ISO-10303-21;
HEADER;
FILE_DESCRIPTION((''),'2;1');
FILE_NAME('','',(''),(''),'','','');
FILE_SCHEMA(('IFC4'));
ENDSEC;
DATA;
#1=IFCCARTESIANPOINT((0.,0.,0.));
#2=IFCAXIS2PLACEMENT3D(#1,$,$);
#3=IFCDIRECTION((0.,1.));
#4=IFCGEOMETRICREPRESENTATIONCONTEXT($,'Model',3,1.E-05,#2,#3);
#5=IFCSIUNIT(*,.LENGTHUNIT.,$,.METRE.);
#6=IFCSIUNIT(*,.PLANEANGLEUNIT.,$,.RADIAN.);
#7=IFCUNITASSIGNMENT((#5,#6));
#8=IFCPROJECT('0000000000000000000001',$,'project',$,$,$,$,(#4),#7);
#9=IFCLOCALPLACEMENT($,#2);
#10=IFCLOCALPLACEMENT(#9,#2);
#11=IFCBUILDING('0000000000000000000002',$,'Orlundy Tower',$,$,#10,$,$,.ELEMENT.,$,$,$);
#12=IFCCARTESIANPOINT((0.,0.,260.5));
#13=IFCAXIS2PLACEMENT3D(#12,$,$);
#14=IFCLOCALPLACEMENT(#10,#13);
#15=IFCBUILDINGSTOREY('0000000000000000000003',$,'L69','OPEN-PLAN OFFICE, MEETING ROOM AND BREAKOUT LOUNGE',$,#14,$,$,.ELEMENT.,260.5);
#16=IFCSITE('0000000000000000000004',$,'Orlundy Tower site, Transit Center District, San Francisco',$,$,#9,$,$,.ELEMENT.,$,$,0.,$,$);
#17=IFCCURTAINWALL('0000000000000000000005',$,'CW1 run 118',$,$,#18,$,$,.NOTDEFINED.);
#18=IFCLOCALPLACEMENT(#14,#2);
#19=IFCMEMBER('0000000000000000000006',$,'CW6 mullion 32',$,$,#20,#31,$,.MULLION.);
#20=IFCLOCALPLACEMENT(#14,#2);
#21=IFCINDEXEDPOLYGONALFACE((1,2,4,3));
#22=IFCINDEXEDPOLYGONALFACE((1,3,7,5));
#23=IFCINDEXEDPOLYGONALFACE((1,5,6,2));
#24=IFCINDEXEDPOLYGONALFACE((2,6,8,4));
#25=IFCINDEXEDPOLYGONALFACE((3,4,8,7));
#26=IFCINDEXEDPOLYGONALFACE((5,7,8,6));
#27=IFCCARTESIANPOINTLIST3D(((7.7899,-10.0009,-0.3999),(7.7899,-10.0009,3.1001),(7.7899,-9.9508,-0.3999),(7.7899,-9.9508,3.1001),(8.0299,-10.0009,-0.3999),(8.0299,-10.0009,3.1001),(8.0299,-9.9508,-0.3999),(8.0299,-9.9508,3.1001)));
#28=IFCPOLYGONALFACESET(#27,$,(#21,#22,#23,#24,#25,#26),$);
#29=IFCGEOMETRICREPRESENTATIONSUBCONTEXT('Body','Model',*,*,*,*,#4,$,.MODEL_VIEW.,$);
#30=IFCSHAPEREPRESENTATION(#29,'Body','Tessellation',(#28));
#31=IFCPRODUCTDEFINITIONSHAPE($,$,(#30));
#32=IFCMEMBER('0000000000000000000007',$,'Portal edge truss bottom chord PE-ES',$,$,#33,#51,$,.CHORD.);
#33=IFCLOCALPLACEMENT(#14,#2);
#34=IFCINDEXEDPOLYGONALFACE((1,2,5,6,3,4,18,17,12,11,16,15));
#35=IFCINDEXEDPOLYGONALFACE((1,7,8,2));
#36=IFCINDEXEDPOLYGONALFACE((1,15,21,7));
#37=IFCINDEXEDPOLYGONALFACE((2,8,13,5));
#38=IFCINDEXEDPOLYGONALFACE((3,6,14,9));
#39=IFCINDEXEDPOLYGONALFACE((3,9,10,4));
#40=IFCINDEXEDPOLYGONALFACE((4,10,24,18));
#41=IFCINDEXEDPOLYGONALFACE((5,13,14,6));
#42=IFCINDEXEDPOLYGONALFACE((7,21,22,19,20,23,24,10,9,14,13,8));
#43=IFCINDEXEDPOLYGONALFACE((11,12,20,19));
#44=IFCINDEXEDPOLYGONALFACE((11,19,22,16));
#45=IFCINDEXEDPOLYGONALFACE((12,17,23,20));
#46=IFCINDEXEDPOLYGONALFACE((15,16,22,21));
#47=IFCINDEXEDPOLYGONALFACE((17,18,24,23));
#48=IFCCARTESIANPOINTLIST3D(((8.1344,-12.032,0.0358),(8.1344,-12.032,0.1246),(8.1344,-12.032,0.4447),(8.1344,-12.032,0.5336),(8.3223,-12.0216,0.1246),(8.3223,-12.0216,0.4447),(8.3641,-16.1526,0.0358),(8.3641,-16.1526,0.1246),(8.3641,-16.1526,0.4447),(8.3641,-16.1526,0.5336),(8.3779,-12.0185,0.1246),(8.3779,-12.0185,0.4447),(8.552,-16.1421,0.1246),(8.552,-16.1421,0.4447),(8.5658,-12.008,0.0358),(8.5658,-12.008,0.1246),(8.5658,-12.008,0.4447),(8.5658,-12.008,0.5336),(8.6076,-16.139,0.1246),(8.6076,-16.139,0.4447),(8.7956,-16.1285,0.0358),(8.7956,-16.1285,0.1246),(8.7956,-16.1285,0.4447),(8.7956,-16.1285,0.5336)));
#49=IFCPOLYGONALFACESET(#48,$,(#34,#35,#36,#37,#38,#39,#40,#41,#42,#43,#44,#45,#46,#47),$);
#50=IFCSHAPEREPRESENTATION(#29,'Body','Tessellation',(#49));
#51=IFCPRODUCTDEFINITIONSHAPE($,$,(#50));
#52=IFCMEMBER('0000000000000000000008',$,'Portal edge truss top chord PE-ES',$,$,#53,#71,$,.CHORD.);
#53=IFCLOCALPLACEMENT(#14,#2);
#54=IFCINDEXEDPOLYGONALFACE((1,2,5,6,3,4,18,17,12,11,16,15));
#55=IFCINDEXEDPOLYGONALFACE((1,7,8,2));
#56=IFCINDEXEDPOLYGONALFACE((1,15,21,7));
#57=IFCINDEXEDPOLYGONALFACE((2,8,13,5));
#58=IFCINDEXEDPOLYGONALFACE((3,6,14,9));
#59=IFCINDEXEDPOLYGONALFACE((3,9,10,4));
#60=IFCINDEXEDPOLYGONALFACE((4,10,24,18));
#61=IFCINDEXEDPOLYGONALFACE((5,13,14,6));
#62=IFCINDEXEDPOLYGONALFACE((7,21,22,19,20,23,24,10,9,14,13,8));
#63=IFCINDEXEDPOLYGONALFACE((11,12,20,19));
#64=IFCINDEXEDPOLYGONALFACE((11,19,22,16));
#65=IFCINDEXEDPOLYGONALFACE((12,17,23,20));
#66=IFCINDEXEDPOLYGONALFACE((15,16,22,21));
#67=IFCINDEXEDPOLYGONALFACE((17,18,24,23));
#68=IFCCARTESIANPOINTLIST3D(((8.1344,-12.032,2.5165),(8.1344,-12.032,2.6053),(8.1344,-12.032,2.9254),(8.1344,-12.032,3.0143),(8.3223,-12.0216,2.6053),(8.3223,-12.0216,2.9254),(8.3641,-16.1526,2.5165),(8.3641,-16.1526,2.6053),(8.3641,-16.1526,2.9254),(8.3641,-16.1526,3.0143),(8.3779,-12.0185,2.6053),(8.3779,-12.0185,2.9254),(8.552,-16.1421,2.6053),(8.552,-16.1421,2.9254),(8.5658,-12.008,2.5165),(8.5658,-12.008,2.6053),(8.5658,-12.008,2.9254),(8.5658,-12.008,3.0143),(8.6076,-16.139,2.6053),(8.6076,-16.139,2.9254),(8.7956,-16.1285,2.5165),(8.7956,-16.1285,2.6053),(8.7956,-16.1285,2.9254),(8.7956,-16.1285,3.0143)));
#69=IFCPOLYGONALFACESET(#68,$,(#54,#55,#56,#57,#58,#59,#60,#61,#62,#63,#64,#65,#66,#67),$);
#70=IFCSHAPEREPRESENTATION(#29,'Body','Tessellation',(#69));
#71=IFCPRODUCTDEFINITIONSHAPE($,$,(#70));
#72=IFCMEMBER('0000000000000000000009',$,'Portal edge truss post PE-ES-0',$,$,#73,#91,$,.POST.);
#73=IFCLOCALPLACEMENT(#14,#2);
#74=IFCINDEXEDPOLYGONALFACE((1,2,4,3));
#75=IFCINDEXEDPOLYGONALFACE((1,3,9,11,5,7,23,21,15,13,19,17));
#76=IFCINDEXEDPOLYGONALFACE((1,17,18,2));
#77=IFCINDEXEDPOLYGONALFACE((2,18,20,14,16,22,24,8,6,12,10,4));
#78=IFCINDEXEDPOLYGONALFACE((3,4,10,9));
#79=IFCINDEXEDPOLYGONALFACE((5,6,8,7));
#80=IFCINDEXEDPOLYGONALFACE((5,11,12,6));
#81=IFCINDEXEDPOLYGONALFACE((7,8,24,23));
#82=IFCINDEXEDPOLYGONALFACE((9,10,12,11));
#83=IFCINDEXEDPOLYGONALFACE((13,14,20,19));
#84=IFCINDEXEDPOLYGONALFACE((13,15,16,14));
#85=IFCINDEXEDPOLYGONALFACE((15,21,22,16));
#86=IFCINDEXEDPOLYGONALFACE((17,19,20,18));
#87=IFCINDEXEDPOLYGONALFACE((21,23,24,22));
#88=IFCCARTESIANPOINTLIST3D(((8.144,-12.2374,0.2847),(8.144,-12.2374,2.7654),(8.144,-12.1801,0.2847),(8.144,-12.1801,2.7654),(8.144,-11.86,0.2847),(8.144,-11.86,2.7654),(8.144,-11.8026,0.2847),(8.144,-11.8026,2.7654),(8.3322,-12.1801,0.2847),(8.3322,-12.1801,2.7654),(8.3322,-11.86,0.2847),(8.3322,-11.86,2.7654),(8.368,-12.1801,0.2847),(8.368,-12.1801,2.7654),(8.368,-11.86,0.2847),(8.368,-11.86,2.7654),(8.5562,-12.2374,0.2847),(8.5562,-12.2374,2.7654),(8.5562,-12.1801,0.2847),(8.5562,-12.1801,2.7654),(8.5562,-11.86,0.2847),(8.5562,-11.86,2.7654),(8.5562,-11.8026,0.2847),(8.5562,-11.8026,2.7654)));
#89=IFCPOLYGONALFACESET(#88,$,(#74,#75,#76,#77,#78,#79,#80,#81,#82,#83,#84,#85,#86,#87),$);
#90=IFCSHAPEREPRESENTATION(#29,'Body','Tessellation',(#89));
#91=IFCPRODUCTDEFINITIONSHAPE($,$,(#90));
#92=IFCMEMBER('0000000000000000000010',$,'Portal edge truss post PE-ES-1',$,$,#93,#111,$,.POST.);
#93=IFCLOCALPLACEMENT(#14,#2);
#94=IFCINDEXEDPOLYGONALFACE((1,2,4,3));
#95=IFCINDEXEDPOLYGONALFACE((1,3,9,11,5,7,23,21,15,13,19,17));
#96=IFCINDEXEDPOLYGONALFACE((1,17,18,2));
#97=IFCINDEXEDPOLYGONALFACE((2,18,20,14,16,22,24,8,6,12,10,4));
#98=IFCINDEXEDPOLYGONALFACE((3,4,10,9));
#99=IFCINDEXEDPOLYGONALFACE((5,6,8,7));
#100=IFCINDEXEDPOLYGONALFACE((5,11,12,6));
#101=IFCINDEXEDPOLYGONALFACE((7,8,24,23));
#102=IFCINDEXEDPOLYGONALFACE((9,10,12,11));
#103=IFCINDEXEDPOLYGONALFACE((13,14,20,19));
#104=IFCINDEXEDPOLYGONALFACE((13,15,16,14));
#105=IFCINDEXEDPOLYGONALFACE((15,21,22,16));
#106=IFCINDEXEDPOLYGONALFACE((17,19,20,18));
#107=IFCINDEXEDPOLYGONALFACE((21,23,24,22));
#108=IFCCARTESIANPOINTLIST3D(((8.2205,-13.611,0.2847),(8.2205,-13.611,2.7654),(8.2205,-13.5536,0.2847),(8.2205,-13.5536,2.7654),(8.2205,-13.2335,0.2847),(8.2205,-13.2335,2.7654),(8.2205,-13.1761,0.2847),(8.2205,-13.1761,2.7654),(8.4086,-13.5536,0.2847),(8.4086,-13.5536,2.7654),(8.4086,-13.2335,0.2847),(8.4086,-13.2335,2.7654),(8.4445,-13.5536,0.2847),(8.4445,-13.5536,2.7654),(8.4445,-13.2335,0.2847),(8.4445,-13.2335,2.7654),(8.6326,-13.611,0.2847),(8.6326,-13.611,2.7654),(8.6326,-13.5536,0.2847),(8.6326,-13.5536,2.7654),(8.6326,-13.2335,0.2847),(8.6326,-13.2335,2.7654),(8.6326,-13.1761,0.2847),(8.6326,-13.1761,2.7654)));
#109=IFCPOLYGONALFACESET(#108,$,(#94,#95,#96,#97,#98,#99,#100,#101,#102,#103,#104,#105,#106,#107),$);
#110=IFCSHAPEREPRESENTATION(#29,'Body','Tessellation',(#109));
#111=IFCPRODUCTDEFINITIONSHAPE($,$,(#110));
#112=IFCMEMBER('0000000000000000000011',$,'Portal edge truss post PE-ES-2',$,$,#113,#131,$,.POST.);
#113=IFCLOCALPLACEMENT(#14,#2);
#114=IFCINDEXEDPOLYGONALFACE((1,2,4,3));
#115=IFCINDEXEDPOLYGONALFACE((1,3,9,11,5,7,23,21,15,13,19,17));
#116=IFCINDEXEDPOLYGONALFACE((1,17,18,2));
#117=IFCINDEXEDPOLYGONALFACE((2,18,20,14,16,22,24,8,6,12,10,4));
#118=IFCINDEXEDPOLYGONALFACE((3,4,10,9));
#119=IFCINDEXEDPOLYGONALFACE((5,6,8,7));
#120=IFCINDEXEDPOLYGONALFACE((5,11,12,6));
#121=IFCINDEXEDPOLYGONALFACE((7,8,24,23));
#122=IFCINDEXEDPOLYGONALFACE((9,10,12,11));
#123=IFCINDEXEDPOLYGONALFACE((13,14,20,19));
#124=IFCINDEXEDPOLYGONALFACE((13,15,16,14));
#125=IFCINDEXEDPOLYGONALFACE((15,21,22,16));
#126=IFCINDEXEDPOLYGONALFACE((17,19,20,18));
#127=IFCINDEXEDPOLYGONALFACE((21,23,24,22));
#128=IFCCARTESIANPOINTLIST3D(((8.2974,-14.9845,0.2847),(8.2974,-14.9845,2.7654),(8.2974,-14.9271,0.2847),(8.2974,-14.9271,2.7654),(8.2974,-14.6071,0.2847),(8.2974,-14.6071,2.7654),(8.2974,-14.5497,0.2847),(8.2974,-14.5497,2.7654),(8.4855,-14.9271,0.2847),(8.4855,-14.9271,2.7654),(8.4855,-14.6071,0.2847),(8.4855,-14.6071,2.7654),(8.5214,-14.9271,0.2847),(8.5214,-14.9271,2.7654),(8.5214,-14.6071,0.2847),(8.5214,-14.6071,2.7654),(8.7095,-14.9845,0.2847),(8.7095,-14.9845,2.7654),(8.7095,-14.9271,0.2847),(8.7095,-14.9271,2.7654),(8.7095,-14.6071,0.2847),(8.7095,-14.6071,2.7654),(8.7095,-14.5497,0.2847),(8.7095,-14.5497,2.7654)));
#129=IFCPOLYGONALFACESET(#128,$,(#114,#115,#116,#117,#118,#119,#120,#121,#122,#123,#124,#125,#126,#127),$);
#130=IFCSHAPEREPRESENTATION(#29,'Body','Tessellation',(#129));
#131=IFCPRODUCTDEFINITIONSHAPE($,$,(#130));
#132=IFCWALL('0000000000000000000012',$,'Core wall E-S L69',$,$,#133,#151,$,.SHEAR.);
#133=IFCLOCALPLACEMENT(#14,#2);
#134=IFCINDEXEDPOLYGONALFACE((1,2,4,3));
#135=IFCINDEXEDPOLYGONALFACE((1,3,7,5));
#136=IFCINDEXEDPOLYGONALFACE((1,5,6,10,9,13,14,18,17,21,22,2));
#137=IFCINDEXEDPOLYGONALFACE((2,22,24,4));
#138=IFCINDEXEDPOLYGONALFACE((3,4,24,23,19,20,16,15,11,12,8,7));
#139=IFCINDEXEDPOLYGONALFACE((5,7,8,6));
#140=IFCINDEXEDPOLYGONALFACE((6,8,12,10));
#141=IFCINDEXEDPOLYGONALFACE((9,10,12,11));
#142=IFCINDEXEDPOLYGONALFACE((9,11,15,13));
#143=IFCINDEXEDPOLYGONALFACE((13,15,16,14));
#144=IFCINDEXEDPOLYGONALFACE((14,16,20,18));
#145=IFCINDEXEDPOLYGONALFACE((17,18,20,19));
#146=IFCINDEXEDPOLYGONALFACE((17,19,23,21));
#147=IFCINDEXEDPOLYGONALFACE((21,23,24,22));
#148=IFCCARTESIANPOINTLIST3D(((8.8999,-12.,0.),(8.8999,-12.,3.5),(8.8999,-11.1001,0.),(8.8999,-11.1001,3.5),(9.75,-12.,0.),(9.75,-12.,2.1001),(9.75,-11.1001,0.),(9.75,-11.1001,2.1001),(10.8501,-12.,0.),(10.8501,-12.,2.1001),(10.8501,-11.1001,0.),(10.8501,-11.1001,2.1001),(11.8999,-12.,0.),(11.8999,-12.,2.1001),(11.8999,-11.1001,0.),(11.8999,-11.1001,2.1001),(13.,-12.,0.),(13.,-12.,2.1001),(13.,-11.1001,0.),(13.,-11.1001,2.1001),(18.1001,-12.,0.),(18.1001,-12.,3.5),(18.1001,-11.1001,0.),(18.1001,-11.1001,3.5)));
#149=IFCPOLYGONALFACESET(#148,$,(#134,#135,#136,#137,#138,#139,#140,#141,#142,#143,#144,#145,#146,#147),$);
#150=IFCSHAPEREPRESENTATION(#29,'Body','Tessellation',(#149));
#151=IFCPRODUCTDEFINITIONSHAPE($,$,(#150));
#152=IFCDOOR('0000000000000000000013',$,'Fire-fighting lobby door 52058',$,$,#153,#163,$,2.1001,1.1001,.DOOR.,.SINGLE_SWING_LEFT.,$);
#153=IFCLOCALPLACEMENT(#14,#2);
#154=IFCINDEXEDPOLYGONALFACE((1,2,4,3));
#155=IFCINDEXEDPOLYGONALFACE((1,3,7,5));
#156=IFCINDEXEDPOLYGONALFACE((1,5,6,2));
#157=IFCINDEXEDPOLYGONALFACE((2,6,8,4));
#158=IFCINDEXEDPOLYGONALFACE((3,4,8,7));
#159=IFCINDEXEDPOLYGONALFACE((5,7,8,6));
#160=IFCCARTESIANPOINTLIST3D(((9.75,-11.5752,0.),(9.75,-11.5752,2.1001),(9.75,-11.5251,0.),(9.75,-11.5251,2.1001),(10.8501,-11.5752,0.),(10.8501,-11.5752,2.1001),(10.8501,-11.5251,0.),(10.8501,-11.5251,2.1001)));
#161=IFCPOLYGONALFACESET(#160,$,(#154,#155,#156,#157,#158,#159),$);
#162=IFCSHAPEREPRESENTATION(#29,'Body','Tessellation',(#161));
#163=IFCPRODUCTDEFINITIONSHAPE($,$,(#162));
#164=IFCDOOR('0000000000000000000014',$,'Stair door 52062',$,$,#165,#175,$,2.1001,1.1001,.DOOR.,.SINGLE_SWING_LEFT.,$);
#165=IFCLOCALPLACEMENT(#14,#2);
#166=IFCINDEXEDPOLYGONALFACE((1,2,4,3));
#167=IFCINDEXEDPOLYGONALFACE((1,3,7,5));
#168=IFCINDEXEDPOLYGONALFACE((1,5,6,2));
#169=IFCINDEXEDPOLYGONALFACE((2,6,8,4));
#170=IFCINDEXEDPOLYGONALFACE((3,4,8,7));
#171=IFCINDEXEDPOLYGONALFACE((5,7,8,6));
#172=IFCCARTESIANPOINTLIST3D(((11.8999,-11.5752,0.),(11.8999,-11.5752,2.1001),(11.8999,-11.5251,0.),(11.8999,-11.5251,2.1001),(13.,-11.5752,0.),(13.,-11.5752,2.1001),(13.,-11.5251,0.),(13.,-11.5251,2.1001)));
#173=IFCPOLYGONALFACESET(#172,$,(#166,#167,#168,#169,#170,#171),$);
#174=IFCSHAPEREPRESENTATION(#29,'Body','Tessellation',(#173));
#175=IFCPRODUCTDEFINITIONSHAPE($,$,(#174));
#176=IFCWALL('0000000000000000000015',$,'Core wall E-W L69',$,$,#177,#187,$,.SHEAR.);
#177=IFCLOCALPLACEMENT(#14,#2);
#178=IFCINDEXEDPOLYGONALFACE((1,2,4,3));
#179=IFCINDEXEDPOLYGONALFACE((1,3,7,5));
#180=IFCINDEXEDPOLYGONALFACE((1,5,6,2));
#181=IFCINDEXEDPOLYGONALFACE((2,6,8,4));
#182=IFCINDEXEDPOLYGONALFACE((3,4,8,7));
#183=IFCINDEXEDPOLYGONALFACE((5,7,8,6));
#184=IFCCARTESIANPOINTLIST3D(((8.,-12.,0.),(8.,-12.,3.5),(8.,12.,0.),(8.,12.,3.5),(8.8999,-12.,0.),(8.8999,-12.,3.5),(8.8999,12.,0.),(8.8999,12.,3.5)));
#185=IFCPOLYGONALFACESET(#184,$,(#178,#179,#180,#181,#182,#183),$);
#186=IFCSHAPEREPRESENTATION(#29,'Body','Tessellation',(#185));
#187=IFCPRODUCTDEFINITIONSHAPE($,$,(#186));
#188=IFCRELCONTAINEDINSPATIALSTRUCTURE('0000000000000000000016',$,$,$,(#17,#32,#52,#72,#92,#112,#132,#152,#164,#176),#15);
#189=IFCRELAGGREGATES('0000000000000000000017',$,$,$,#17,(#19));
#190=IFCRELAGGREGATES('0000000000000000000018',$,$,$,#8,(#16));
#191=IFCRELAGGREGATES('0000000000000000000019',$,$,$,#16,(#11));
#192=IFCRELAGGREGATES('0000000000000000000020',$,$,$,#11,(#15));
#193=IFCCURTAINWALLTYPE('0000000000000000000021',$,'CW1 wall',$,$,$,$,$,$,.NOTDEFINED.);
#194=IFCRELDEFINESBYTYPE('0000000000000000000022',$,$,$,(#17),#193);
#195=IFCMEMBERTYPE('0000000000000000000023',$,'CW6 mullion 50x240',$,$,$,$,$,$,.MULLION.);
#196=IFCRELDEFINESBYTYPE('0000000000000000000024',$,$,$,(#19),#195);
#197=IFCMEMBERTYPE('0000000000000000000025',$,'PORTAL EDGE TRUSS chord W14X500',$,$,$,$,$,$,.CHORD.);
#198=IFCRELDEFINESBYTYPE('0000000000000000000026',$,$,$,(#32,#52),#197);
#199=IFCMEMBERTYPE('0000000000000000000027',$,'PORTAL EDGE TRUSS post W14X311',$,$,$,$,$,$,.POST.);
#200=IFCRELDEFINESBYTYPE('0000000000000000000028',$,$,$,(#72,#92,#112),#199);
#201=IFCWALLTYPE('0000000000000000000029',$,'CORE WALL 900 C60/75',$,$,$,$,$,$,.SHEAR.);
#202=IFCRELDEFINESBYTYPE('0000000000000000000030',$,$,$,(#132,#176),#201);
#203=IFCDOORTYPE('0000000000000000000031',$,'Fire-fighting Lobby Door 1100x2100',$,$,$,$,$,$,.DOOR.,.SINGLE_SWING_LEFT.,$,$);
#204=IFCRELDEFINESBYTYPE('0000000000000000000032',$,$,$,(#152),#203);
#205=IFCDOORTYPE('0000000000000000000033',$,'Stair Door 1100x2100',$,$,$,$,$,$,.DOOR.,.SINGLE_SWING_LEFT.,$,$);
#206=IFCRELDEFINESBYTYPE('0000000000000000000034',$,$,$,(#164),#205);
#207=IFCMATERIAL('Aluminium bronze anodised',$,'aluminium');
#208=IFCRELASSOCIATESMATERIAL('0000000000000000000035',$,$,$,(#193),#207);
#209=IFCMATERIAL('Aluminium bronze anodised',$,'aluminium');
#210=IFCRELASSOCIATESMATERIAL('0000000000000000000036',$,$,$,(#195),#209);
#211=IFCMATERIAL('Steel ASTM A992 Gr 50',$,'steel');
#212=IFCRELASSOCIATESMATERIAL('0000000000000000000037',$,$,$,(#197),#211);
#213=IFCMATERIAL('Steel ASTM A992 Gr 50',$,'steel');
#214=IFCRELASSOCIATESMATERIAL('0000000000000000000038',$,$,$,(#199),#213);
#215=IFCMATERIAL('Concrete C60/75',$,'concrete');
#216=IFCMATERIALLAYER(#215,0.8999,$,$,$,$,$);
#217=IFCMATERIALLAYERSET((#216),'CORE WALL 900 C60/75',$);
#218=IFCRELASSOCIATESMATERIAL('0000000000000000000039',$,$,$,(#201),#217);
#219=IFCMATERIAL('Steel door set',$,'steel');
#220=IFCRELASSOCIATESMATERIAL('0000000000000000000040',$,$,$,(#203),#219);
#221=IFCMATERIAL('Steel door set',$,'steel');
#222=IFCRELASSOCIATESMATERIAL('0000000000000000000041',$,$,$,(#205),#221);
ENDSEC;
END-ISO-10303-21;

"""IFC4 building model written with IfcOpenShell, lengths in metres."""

from ifc_helpers import new_model, si_unit, direction, frame, frame_2d, origin, origin_2d, place, context, subcontext, project, spatial, rectangle, i_section, extrude, material, layer, layer_set, material_profile, profile_set, type_object, element, fill, aggregate, save


model = new_model("IFC4")

# Units and contexts
model_context = context("Model", 3, precision=1e-05, world=origin(), true_north=direction((0.0, 1.0)))
body_context = subcontext(model_context, "Body", "Model", "MODEL_VIEW")
ifc_project = project(units=[si_unit("LENGTHUNIT", "METRE"), si_unit("PLANEANGLEUNIT", "RADIAN")], contexts=[model_context])

# Site, building, storey
site_placement = place(None, origin())
site = spatial("IfcSite", under=ifc_project, at=site_placement, Name="Orlundy Tower site, Transit Center District, San Francisco", CompositionType="ELEMENT", RefElevation=0.0)
building_placement = place(site_placement, origin())
building = spatial("IfcBuilding", under=site, at=building_placement, Name="Orlundy Tower", CompositionType="ELEMENT")
storey_placement = place(building_placement, frame((0.0, 0.0, 260.5)))
storey = spatial("IfcBuildingStorey", under=building, at=storey_placement, Name="L69", Description="OPEN-PLAN OFFICE, MEETING ROOM AND BREAKOUT LOUNGE", CompositionType="ELEMENT", Elevation=260.5)

# Curtain wall, member
ifc_material_1 = material(Name="Aluminium bronze anodised", Category="aluminium")
curtain_wall_type = type_object("IfcCurtainWallType", Name="CW1 wall", PredefinedType="NOTDEFINED", material=ifc_material_1)
curtain_wall_placement = place(storey_placement, origin())
curtain_wall = element("IfcCurtainWall", 1, at=curtain_wall_placement, inside=storey, type_object=curtain_wall_type, Name="CW1 run 118", PredefinedType="NOTDEFINED")
ifc_material_2 = material(Name="Aluminium bronze anodised", Category="aluminium")
ifc_material_profile_1 = material_profile(ifc_material_2, rectangle(XDim=0.24, YDim=0.05, at=origin_2d()), Name="CW6 mullion 50x240")
ifc_profile_set_1 = profile_set([ifc_material_profile_1], Name="Aluminium bronze anodised")
member_type_1 = type_object("IfcMemberType", Name="CW6 mullion 50x240", PredefinedType="MULLION", material=ifc_profile_set_1)
member_placement = place(storey_placement, frame((7.9099, -9.9758, -0.3999), z_axis=(0.0, 0.0, 1.0), x_axis=(-1.0, 0.0, 0.0)))
member = element("IfcMember", 2, at=member_placement, type_object=member_type_1, Name="CW6 mullion 32", PredefinedType="MULLION", context=body_context, shape_type="SweptSolid", body=[
    extrude(rectangle(XDim=0.24, YDim=0.05, at=origin_2d()), origin(), (0.0, 0.0, 1.0), 3.5),
])
aggregate(curtain_wall, [member])

# Members
ifc_material_3 = material(Name="Steel ASTM A992 Gr 50", Category="steel")
ifc_material_profile_2 = material_profile(ifc_material_3, i_section(OverallWidth=0.4321, OverallDepth=0.4978, WebThickness=0.0557, FlangeThickness=0.0889, at=origin_2d()), Name="W14X500")
ifc_profile_set_2 = profile_set([ifc_material_profile_2], Name="Steel ASTM A992 Gr 50")
member_type_2 = type_object("IfcMemberType", Name="PORTAL EDGE TRUSS chord W14X500", PredefinedType="CHORD", material=ifc_profile_set_2)
for number, where, z_axis, x_axis, name in (
    (3, (8.3501, -12.02, 0.2847), (0.055667, -0.998449, 0.0), (0.998449, 0.055667, 0.0), "Portal edge truss bottom chord PE-ES"),
    (4, (8.3501, -12.02, 2.7654), (0.055667, -0.998449, 0.0), (0.998449, 0.055667, 0.0), "Portal edge truss top chord PE-ES"),
):
    element("IfcMember", number, at=place(storey_placement, frame(where, z_axis=z_axis, x_axis=x_axis)), inside=storey, type_object=member_type_2, Name=name, PredefinedType="CHORD", context=body_context, shape_type="SweptSolid", body=[
        extrude(i_section(OverallWidth=0.4321, OverallDepth=0.4978, WebThickness=0.0557, FlangeThickness=0.0889, at=origin_2d()), origin(), (0.0, 0.0, 1.0), 4.127),
    ])
ifc_material_4 = material(Name="Steel ASTM A992 Gr 50", Category="steel")
ifc_material_profile_3 = material_profile(ifc_material_4, i_section(OverallWidth=0.4121, OverallDepth=0.4348, WebThickness=0.0359, FlangeThickness=0.0574, at=origin_2d()), Name="W14X311")
ifc_profile_set_3 = profile_set([ifc_material_profile_3], Name="Steel ASTM A992 Gr 50")
member_type_3 = type_object("IfcMemberType", Name="PORTAL EDGE TRUSS post W14X311", PredefinedType="POST", material=ifc_profile_set_3)
for number, where, z_axis, x_axis, name in (
    (5, (8.3501, -12.02, 0.2847), (0.0, 0.0, 1.0), (1.0, 0.0, 0.0), "Portal edge truss post PE-ES-0"),
    (6, (8.4265, -13.3936, 0.2847), (0.0, 0.0, 1.0), (1.0, 0.0, 0.0), "Portal edge truss post PE-ES-1"),
    (7, (8.5034, -14.7671, 0.2847), (0.0, 0.0, 1.0), (1.0, 0.0, 0.0), "Portal edge truss post PE-ES-2"),
):
    element("IfcMember", number, at=place(storey_placement, frame(where, z_axis=z_axis, x_axis=x_axis)), inside=storey, type_object=member_type_3, Name=name, PredefinedType="POST", context=body_context, shape_type="SweptSolid", body=[
        extrude(i_section(OverallWidth=0.4121, OverallDepth=0.4348, WebThickness=0.0359, FlangeThickness=0.0574, at=origin_2d()), origin(), (0.0, 0.0, 1.0), 2.4807),
    ])

# Wall, openings, doors
ifc_material_5 = material(Name="Concrete C60/75", Category="concrete")
ifc_layer_1 = layer(ifc_material_5, 0.8999)
ifc_layer_set_1 = layer_set([ifc_layer_1], Name="CORE WALL 900 C60/75")
wall_type_1 = type_object("IfcWallType", Name="CORE WALL 900 C60/75", PredefinedType="SHEAR", material=ifc_layer_set_1)
wall_1_placement = place(storey_placement, frame((8.8999, -11.55, 0.0), z_axis=(0.0, 0.0, 1.0), x_axis=(1.0, 0.0, 0.0)))
wall_1 = element("IfcWall", 8, at=wall_1_placement, inside=storey, type_object=wall_type_1, Name="Core wall E-S L69", PredefinedType="SHEAR", context=body_context, shape_type="SweptSolid", body=[
    extrude(rectangle(XDim=9.2002, YDim=0.8999, at=frame_2d((4.6001, 0.0))), origin(), (0.0, 0.0, 1.0), 3.5),
])
opening_1_placement = place(wall_1_placement, frame((0.8501, 0.0, 0.0)))
opening_1 = element("IfcOpeningElement", 9, at=opening_1_placement, cuts=wall_1, PredefinedType="OPENING", context=body_context, shape_type="SweptSolid", body=[
    extrude(rectangle(XDim=1.1001, YDim=2.1001, at=frame_2d((0.55, 1.05))), frame((0.0, 0.46, 0.0), z_axis=(0.0, -1.0, 0.0), x_axis=(1.0, 0.0, 0.0)), (0.0, 0.0, 1.0), 0.9199),
])
opening_2_placement = place(wall_1_placement, frame((3.0, 0.0, 0.0)))
opening_2 = element("IfcOpeningElement", 10, at=opening_2_placement, cuts=wall_1, PredefinedType="OPENING", context=body_context, shape_type="SweptSolid", body=[
    extrude(rectangle(XDim=1.1001, YDim=2.1001, at=frame_2d((0.55, 1.05))), frame((0.0, 0.46, 0.0), z_axis=(0.0, -1.0, 0.0), x_axis=(1.0, 0.0, 0.0)), (0.0, 0.0, 1.0), 0.9199),
])
ifc_material_6 = material(Name="Steel door set", Category="steel")
door_type_1 = type_object("IfcDoorType", Name="Fire-fighting Lobby Door 1100x2100", OperationType="SINGLE_SWING_LEFT", PredefinedType="DOOR", material=ifc_material_6)
door_1_placement = place(opening_1_placement, origin())
door_1 = element("IfcDoor", 11, at=door_1_placement, inside=storey, type_object=door_type_1, Name="Fire-fighting lobby door 52058", OperationType="SINGLE_SWING_LEFT", OverallHeight=2.1001, OverallWidth=1.1001, PredefinedType="DOOR", context=body_context, shape_type="SweptSolid", body=[
    extrude(rectangle(XDim=1.1001, YDim=2.1001, at=frame_2d((0.55, 1.05))), frame((0.0, 0.0249, 0.0), z_axis=(0.0, -1.0, 0.0), x_axis=(1.0, 0.0, 0.0)), (0.0, 0.0, 1.0), 0.05),
])
fill(opening_1, door_1)
ifc_material_7 = material(Name="Steel door set", Category="steel")
door_type_2 = type_object("IfcDoorType", Name="Stair Door 1100x2100", OperationType="SINGLE_SWING_LEFT", PredefinedType="DOOR", material=ifc_material_7)
door_2_placement = place(opening_2_placement, origin())
door_2 = element("IfcDoor", 12, at=door_2_placement, inside=storey, type_object=door_type_2, Name="Stair door 52062", OperationType="SINGLE_SWING_LEFT", OverallHeight=2.1001, OverallWidth=1.1001, PredefinedType="DOOR", context=body_context, shape_type="SweptSolid", body=[
    extrude(rectangle(XDim=1.1001, YDim=2.1001, at=frame_2d((0.55, 1.05))), frame((0.0, 0.0249, 0.0), z_axis=(0.0, -1.0, 0.0), x_axis=(1.0, 0.0, 0.0)), (0.0, 0.0, 1.0), 0.05),
])
fill(opening_2, door_2)

# Wall
wall_2_placement = place(storey_placement, frame((8.45, -12.0, 0.0), z_axis=(0.0, 0.0, 1.0), x_axis=(0.0, 1.0, 0.0)))
element("IfcWall", 13, at=wall_2_placement, inside=storey, type_object=wall_type_1, Name="Core wall E-W L69", PredefinedType="SHEAR", context=body_context, shape_type="SweptSolid", body=[
    extrude(rectangle(XDim=24.0, YDim=0.8999, at=frame_2d((12.0, 0.0))), origin(), (0.0, 0.0, 1.0), 3.5),
])

save(model, "model.ifc")
